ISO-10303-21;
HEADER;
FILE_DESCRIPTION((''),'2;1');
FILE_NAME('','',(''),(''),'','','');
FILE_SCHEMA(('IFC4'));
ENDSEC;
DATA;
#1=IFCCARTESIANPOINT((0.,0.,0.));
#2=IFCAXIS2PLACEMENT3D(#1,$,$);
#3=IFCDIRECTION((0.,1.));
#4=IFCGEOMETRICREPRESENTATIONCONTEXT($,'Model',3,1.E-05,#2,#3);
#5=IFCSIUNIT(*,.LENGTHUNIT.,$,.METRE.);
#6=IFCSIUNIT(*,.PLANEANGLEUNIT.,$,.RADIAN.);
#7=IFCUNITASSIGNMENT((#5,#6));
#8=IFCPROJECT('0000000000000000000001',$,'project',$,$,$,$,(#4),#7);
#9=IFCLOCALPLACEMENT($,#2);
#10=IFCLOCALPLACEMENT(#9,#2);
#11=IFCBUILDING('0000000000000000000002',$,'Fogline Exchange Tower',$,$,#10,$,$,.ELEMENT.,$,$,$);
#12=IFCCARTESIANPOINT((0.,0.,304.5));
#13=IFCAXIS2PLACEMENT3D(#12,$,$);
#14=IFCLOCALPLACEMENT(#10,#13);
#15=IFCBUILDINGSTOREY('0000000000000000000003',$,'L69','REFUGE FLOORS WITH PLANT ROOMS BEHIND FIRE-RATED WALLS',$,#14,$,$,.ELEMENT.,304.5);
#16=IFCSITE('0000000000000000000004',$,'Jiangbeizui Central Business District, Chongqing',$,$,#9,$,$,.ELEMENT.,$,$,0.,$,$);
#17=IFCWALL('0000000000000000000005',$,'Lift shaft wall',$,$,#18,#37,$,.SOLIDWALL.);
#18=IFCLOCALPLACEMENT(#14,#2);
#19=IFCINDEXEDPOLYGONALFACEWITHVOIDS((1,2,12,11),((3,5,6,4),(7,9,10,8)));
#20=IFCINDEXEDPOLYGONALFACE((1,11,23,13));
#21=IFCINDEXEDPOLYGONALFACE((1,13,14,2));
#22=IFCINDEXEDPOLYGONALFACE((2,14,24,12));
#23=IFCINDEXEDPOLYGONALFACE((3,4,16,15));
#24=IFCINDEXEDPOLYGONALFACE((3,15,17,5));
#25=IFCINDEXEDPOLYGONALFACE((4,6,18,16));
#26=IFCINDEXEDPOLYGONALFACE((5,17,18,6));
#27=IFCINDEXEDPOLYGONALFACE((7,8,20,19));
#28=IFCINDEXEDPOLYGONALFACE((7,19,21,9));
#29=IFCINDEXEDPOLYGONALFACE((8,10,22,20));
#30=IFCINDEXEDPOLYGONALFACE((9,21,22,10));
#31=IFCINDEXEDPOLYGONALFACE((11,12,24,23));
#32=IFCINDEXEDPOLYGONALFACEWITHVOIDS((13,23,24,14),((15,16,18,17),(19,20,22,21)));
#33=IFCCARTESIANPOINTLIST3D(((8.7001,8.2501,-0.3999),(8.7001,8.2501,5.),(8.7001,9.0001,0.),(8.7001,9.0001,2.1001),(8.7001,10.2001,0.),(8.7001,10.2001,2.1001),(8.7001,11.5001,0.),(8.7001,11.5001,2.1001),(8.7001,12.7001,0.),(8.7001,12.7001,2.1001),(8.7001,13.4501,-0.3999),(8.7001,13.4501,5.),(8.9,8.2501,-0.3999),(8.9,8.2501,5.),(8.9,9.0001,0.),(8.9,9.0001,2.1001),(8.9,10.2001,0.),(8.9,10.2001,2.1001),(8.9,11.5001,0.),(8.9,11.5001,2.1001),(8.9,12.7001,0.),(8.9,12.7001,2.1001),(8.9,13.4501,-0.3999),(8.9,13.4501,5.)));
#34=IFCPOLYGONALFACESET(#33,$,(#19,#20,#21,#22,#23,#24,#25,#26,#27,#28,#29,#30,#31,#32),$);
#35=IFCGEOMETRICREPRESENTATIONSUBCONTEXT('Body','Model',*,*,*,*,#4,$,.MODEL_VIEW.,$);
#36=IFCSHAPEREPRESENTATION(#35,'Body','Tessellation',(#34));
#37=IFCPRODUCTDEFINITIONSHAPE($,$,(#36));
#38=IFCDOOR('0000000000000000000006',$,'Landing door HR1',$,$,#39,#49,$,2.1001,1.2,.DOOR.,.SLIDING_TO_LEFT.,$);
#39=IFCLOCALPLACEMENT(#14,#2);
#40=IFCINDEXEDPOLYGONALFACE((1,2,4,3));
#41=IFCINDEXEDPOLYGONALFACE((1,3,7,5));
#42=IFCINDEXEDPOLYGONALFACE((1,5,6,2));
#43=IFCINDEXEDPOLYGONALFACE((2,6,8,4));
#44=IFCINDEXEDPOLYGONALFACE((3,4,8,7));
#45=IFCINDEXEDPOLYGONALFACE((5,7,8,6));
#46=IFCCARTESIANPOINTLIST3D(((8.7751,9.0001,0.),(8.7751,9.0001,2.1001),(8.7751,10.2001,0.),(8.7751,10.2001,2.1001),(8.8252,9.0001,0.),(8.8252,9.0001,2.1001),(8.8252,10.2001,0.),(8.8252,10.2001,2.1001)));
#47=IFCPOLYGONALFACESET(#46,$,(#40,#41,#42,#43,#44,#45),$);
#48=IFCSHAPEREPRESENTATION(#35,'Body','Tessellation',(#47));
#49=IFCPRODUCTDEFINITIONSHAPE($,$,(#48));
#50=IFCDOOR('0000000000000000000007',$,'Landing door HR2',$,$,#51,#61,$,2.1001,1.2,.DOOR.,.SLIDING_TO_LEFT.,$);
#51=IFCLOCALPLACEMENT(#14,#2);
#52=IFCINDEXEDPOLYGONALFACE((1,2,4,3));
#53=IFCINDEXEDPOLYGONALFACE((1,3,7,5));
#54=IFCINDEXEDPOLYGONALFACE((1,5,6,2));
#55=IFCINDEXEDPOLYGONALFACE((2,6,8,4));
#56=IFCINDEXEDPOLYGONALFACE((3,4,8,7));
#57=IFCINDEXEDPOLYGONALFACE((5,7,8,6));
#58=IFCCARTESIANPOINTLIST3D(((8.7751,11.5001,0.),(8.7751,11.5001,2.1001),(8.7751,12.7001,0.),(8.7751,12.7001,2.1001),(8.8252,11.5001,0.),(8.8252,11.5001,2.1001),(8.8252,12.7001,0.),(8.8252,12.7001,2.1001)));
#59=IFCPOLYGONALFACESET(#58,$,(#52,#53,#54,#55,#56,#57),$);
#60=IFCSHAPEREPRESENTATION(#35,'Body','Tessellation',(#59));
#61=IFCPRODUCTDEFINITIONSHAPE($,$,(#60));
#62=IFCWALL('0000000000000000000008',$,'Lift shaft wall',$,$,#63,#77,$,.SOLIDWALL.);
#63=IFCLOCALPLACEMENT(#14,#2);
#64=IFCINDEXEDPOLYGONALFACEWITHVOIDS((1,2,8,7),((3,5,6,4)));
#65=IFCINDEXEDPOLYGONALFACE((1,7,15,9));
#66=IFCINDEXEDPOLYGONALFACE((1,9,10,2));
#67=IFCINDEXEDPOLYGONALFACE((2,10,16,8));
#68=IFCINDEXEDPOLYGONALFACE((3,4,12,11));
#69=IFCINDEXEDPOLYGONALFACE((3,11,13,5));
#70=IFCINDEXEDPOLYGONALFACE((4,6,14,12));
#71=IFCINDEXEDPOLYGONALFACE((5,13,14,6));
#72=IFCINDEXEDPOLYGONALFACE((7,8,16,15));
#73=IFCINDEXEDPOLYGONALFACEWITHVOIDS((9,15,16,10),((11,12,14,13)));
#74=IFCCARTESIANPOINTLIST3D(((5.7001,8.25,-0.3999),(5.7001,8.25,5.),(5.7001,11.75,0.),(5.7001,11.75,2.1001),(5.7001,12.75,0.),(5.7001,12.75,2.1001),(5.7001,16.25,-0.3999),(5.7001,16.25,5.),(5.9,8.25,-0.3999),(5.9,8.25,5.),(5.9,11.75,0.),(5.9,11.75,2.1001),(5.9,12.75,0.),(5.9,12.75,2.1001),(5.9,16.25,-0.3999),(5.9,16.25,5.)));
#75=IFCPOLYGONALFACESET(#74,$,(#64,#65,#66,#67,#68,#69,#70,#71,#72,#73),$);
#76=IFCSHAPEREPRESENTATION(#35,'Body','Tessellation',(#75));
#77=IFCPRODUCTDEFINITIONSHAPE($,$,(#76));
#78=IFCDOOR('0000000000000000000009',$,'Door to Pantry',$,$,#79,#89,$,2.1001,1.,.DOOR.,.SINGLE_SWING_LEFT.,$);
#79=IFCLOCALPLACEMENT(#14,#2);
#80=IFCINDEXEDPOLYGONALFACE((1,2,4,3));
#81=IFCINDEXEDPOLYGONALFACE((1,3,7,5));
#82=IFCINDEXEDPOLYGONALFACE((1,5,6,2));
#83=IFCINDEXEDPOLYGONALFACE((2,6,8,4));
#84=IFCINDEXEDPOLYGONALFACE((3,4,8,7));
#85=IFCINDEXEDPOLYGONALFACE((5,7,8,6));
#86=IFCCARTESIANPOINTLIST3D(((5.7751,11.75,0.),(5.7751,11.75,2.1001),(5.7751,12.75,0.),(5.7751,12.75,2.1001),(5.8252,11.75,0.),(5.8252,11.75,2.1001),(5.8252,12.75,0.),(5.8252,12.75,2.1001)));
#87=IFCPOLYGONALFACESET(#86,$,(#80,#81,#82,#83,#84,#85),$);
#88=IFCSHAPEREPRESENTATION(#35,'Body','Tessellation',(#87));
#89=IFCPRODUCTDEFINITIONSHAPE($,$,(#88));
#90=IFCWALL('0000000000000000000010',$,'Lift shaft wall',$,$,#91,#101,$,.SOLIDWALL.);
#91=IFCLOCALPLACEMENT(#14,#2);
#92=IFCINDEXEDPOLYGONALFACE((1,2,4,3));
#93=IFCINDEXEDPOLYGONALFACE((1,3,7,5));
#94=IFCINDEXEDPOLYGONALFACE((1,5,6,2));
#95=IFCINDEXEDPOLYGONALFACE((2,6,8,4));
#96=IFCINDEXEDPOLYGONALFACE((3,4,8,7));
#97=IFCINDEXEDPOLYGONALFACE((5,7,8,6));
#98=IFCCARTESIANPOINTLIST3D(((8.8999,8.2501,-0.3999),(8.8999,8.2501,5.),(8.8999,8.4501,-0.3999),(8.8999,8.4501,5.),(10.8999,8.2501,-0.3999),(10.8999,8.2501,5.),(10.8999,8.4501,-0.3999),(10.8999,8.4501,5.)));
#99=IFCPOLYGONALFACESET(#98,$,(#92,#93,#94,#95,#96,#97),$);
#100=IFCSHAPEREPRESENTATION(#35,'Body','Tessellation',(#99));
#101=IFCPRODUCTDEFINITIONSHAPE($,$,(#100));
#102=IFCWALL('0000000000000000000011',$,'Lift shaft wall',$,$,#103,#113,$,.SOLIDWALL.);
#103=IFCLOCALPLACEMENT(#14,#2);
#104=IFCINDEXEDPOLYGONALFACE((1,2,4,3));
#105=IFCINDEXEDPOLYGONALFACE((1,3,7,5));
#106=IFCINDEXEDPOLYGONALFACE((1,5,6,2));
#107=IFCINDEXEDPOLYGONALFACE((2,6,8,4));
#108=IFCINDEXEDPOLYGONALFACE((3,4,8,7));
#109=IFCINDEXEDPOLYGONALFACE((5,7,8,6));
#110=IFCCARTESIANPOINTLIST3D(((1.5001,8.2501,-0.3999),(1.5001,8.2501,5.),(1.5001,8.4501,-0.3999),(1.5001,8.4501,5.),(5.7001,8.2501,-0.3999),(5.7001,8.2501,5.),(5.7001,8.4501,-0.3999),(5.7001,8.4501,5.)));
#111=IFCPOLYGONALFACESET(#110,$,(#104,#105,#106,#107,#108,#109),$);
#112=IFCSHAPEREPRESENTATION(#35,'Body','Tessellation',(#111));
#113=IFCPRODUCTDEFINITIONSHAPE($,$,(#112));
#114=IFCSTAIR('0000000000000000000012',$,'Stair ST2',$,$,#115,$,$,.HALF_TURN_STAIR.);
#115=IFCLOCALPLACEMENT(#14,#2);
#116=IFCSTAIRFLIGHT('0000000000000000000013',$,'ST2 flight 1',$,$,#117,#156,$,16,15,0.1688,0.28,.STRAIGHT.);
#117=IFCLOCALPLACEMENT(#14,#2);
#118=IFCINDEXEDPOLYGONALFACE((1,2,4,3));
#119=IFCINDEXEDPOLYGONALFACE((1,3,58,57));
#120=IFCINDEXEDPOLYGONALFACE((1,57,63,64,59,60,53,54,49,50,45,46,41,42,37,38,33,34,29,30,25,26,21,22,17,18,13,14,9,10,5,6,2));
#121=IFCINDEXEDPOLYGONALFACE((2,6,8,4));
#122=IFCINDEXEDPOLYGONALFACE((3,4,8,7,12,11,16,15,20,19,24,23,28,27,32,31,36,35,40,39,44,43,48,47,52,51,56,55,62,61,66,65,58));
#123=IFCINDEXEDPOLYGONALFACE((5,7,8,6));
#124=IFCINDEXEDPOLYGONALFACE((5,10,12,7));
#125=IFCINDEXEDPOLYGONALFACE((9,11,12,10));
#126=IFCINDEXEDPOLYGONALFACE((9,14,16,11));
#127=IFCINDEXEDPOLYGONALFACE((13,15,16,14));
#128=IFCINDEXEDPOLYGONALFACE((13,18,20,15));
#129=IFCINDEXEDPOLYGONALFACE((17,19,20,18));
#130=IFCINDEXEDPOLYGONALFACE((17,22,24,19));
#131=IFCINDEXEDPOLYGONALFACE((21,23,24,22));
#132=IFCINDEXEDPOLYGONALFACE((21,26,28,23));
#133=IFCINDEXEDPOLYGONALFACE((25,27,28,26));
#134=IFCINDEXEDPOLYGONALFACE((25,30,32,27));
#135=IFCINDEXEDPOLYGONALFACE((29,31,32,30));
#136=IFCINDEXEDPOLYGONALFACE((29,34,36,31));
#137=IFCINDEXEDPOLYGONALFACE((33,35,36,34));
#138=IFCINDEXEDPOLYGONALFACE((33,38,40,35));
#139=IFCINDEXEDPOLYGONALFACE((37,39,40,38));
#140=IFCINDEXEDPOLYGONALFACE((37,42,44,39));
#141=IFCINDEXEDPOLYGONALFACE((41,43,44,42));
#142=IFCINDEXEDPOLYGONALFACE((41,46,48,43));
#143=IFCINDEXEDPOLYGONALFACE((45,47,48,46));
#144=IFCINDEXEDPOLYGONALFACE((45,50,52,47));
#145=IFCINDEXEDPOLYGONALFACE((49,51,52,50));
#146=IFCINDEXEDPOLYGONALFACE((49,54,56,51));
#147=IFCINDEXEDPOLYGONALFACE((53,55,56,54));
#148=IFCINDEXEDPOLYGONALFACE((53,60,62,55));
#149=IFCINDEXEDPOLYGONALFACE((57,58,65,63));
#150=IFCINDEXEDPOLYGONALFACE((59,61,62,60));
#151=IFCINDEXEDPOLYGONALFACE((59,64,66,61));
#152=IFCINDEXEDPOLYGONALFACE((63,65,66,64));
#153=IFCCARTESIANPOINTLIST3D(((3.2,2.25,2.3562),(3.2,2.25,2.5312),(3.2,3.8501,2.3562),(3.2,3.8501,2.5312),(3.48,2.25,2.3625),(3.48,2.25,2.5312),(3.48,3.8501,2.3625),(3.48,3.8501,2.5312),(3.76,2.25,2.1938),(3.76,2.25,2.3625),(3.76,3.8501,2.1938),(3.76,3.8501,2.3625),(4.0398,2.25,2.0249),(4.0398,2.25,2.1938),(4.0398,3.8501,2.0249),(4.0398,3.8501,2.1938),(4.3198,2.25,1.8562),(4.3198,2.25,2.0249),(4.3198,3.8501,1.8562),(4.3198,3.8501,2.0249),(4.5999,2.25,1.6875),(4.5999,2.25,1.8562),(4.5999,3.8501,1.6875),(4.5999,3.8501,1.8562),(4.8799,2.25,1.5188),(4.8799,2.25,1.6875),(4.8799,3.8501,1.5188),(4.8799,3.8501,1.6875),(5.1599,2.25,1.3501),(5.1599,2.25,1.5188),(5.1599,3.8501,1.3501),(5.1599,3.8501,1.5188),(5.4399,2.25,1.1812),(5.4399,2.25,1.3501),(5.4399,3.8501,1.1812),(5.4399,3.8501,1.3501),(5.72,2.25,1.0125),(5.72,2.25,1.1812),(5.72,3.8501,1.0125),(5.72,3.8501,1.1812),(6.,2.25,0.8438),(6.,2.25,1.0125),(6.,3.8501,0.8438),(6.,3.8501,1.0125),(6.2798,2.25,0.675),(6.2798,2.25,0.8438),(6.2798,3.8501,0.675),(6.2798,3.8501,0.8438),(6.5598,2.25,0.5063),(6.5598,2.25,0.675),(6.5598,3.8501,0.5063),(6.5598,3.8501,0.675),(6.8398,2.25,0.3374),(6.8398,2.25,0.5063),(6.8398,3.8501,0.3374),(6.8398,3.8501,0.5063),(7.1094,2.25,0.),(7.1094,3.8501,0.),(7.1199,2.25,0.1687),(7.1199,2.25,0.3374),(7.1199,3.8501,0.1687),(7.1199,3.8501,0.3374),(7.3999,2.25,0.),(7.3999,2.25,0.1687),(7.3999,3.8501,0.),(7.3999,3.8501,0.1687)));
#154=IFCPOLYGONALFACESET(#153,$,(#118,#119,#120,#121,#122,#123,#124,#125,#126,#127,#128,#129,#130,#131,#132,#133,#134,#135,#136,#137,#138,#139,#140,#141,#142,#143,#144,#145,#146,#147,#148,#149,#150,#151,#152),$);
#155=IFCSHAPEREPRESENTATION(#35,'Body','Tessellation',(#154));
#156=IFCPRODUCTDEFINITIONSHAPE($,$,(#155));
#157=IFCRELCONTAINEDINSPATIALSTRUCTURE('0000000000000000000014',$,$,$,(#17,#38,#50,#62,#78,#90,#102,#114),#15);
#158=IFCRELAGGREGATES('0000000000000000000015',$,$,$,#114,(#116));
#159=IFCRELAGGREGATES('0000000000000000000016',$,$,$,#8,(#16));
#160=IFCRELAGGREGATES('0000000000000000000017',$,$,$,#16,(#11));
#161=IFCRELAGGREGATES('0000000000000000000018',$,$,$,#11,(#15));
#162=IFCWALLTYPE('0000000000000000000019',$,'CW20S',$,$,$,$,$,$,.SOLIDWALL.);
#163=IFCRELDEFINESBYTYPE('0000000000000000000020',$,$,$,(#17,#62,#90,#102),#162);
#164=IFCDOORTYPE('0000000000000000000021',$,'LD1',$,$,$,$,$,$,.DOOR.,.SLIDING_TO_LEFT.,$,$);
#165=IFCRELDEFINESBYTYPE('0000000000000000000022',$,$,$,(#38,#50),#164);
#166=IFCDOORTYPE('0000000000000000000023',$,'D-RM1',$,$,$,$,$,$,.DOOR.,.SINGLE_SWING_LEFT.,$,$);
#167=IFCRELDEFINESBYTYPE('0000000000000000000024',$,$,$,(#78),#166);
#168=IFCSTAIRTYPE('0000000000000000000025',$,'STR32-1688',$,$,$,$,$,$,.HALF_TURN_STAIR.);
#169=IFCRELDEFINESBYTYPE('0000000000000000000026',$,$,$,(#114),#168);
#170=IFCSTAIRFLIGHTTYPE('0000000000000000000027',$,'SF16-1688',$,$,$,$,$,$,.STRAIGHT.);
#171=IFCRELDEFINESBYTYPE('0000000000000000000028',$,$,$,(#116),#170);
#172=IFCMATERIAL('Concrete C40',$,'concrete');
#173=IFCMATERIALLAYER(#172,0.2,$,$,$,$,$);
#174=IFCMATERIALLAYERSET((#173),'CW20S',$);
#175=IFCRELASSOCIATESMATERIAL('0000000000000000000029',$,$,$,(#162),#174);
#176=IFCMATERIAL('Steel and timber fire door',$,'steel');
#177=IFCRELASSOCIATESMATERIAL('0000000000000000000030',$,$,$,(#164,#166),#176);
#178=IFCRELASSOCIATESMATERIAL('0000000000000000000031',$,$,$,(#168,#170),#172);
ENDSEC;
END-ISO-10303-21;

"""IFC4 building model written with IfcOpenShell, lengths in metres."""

from ifc_helpers import new_model, si_unit, direction, frame, frame_2d, origin, place, context, subcontext, project, spatial, polyline, rectangle, outline, extrude, material, layer, layer_set, type_object, element, fill, aggregate, save


model = new_model("IFC4")

# Units and contexts
model_context = context("Model", 3, precision=1e-05, world=origin(), true_north=direction((0.0, 1.0)))
body_context = subcontext(model_context, "Body", "Model", "MODEL_VIEW")
ifc_project = project(units=[si_unit("LENGTHUNIT", "METRE"), si_unit("PLANEANGLEUNIT", "RADIAN")], contexts=[model_context])

# Site, building, storey
site_placement = place(None, origin())
site = spatial("IfcSite", under=ifc_project, at=site_placement, Name="Jiangbeizui Central Business District, Chongqing", CompositionType="ELEMENT", RefElevation=0.0)
building_placement = place(site_placement, origin())
building = spatial("IfcBuilding", under=site, at=building_placement, Name="Fogline Exchange Tower", CompositionType="ELEMENT")
storey_placement = place(building_placement, frame((0.0, 0.0, 304.5)))
storey = spatial("IfcBuildingStorey", under=building, at=storey_placement, Name="L69", Description="REFUGE FLOORS WITH PLANT ROOMS BEHIND FIRE-RATED WALLS", CompositionType="ELEMENT", Elevation=304.5)

# Shared definitions
ifc_material_1 = material(Name="Steel and timber fire door", Category="steel")

# Shared definitions
ifc_material_2 = material(Name="Concrete C40", Category="concrete")

# Wall, openings, doors
ifc_layer_1 = layer(ifc_material_2, 0.2)
ifc_layer_set_1 = layer_set([ifc_layer_1], Name="CW20S")
wall_type_1 = type_object("IfcWallType", Name="CW20S", PredefinedType="SOLIDWALL", material=ifc_layer_set_1)
wall_1_placement = place(storey_placement, frame((8.8, 8.25, -0.3999), z_axis=(0.0, 0.0, 1.0), x_axis=(0.0, 1.0, 0.0)))
wall_1 = element("IfcWall", 1, at=wall_1_placement, inside=storey, type_object=wall_type_1, Name="Lift shaft wall", PredefinedType="SOLIDWALL", context=body_context, shape_type="SweptSolid", body=[
    extrude(rectangle(XDim=5.2, YDim=0.2, at=frame_2d((2.6001, 0.0))), origin(), (0.0, 0.0, 1.0), 5.3999),
])
opening_1_placement = place(wall_1_placement, frame((0.75, 0.0, 0.3999)))
opening_1 = element("IfcOpeningElement", 2, at=opening_1_placement, cuts=wall_1, PredefinedType="OPENING", context=body_context, shape_type="SweptSolid", body=[
    extrude(rectangle(XDim=1.2, YDim=2.1001, at=frame_2d((0.6001, 1.05))), frame((0.0, 0.1099, 0.0), z_axis=(0.0, -1.0, 0.0), x_axis=(1.0, 0.0, 0.0)), (0.0, 0.0, 1.0), 0.22),
])
opening_2_placement = place(wall_1_placement, frame((3.25, 0.0, 0.3999)))
opening_2 = element("IfcOpeningElement", 3, at=opening_2_placement, cuts=wall_1, PredefinedType="OPENING", context=body_context, shape_type="SweptSolid", body=[
    extrude(rectangle(XDim=1.2, YDim=2.1001, at=frame_2d((0.6001, 1.05))), frame((0.0, 0.1099, 0.0), z_axis=(0.0, -1.0, 0.0), x_axis=(1.0, 0.0, 0.0)), (0.0, 0.0, 1.0), 0.22),
])
door_type_1 = type_object("IfcDoorType", Name="LD1", OperationType="SLIDING_TO_LEFT", PredefinedType="DOOR", material=ifc_material_1)
door_1_placement = place(opening_1_placement, origin())
door_1 = element("IfcDoor", 4, at=door_1_placement, inside=storey, type_object=door_type_1, Name="Landing door HR1", OperationType="SLIDING_TO_LEFT", OverallHeight=2.1001, OverallWidth=1.2, PredefinedType="DOOR", context=body_context, shape_type="SweptSolid", body=[
    extrude(rectangle(XDim=1.2, YDim=2.1001, at=frame_2d((0.6001, 1.05))), frame((0.0, 0.0249, 0.0), z_axis=(0.0, -1.0, 0.0), x_axis=(1.0, 0.0, 0.0)), (0.0, 0.0, 1.0), 0.05),
])
fill(opening_1, door_1)
door_2_placement = place(opening_2_placement, origin())
door_2 = element("IfcDoor", 5, at=door_2_placement, inside=storey, type_object=door_type_1, Name="Landing door HR2", OperationType="SLIDING_TO_LEFT", OverallHeight=2.1001, OverallWidth=1.2, PredefinedType="DOOR", context=body_context, shape_type="SweptSolid", body=[
    extrude(rectangle(XDim=1.2, YDim=2.1001, at=frame_2d((0.6001, 1.05))), frame((0.0, 0.0249, 0.0), z_axis=(0.0, -1.0, 0.0), x_axis=(1.0, 0.0, 0.0)), (0.0, 0.0, 1.0), 0.05),
])
fill(opening_2, door_2)

# Wall, opening, door
wall_2_placement = place(storey_placement, frame((5.8, 8.25, -0.3999), z_axis=(0.0, 0.0, 1.0), x_axis=(0.0, 1.0, 0.0)))
wall_2 = element("IfcWall", 6, at=wall_2_placement, inside=storey, type_object=wall_type_1, Name="Lift shaft wall", PredefinedType="SOLIDWALL", context=body_context, shape_type="SweptSolid", body=[
    extrude(rectangle(XDim=8.0, YDim=0.2, at=frame_2d((4.0, 0.0))), origin(), (0.0, 0.0, 1.0), 5.3999),
])
opening_3_placement = place(wall_2_placement, frame((3.5, 0.0, 0.3999)))
opening_3 = element("IfcOpeningElement", 7, at=opening_3_placement, cuts=wall_2, PredefinedType="OPENING", context=body_context, shape_type="SweptSolid", body=[
    extrude(rectangle(XDim=1.0, YDim=2.1001, at=frame_2d((0.5, 1.05))), frame((0.0, 0.1099, 0.0), z_axis=(0.0, -1.0, 0.0), x_axis=(1.0, 0.0, 0.0)), (0.0, 0.0, 1.0), 0.22),
])
door_type_2 = type_object("IfcDoorType", Name="D-RM1", OperationType="SINGLE_SWING_LEFT", PredefinedType="DOOR", material=ifc_material_1)
door_3_placement = place(opening_3_placement, origin())
door_3 = element("IfcDoor", 8, at=door_3_placement, inside=storey, type_object=door_type_2, Name="Door to Pantry", OperationType="SINGLE_SWING_LEFT", OverallHeight=2.1001, OverallWidth=1.0, PredefinedType="DOOR", context=body_context, shape_type="SweptSolid", body=[
    extrude(rectangle(XDim=1.0, YDim=2.1001, at=frame_2d((0.5, 1.05))), frame((0.0, 0.0249, 0.0), z_axis=(0.0, -1.0, 0.0), x_axis=(1.0, 0.0, 0.0)), (0.0, 0.0, 1.0), 0.05),
])
fill(opening_3, door_3)

# Walls
wall_3_placement = place(storey_placement, frame((8.8999, 8.3501, -0.3999), z_axis=(0.0, 0.0, 1.0), x_axis=(1.0, 0.0, 0.0)))
element("IfcWall", 9, at=wall_3_placement, inside=storey, type_object=wall_type_1, Name="Lift shaft wall", PredefinedType="SOLIDWALL", context=body_context, shape_type="SweptSolid", body=[
    extrude(rectangle(XDim=2.0, YDim=0.2, at=frame_2d((1.0, 0.0))), origin(), (0.0, 0.0, 1.0), 5.3999),
])
wall_4_placement = place(storey_placement, frame((1.5, 8.3501, -0.3999), z_axis=(0.0, 0.0, 1.0), x_axis=(1.0, 0.0, 0.0)))
element("IfcWall", 10, at=wall_4_placement, inside=storey, type_object=wall_type_1, Name="Lift shaft wall", PredefinedType="SOLIDWALL", context=body_context, shape_type="SweptSolid", body=[
    extrude(rectangle(XDim=4.2, YDim=0.2, at=frame_2d((2.1001, 0.0))), origin(), (0.0, 0.0, 1.0), 5.3999),
])

# Stair, stair flight
stair_type = type_object("IfcStairType", Name="STR32-1688", PredefinedType="HALF_TURN_STAIR", material=ifc_material_2)
stair_placement = place(storey_placement, origin())
stair = element("IfcStair", 11, at=stair_placement, inside=storey, type_object=stair_type, Name="Stair ST2", PredefinedType="HALF_TURN_STAIR")
stair_flight_type = type_object("IfcStairFlightType", Name="SF16-1688", PredefinedType="STRAIGHT", material=ifc_material_2)
stair_flight_1_placement = place(storey_placement, frame((7.3999, 3.05, 0.0), z_axis=(0.0, 0.0, 1.0), x_axis=(-1.0, 0.0, 0.0)))
stair_flight_1 = element("IfcStairFlight", 12, at=stair_flight_1_placement, type_object=stair_flight_type, Name="ST2 flight 1", NumberOfRisers=16, NumberOfTreads=15, PredefinedType="STRAIGHT", RiserHeight=0.1688, TreadLength=0.28, context=body_context, shape_type="SweptSolid", body=[
    extrude(outline(polyline([(0.0, 0.0), (0.0, 0.1687), (0.28, 0.1687), (0.28, 0.3374), (0.5601, 0.3374), (0.5601, 0.5063), (0.8401, 0.5063), (0.8401, 0.675), (1.1201, 0.675), (1.1201, 0.8438), (1.3999, 0.8438), (1.3999, 1.0125), (1.6799, 1.0125), (1.6799, 1.1812), (1.96, 1.1812), (1.96, 1.3501), (2.24, 1.3501), (2.24, 1.5188), (2.52, 1.5188), (2.52, 1.6875), (2.8, 1.6875), (2.8, 1.8562), (3.0801, 1.8562), (3.0801, 2.0249), (3.3601, 2.0249), (3.3601, 2.1938), (3.6399, 2.1938), (3.6399, 2.3625), (3.9199, 2.3625), (3.9199, 2.5312), (4.2, 2.5312), (4.2, 2.7), (4.2, 2.3562), (0.2905, 0.0), (0.0, 0.0)])), frame((0.0, 0.8, 0.0), z_axis=(0.0, -1.0, 0.0), x_axis=(1.0, 0.0, 0.0)), (0.0, 0.0, 1.0), 1.6001),
])
aggregate(stair, [stair_flight_1])

save(model, "model.ifc")
